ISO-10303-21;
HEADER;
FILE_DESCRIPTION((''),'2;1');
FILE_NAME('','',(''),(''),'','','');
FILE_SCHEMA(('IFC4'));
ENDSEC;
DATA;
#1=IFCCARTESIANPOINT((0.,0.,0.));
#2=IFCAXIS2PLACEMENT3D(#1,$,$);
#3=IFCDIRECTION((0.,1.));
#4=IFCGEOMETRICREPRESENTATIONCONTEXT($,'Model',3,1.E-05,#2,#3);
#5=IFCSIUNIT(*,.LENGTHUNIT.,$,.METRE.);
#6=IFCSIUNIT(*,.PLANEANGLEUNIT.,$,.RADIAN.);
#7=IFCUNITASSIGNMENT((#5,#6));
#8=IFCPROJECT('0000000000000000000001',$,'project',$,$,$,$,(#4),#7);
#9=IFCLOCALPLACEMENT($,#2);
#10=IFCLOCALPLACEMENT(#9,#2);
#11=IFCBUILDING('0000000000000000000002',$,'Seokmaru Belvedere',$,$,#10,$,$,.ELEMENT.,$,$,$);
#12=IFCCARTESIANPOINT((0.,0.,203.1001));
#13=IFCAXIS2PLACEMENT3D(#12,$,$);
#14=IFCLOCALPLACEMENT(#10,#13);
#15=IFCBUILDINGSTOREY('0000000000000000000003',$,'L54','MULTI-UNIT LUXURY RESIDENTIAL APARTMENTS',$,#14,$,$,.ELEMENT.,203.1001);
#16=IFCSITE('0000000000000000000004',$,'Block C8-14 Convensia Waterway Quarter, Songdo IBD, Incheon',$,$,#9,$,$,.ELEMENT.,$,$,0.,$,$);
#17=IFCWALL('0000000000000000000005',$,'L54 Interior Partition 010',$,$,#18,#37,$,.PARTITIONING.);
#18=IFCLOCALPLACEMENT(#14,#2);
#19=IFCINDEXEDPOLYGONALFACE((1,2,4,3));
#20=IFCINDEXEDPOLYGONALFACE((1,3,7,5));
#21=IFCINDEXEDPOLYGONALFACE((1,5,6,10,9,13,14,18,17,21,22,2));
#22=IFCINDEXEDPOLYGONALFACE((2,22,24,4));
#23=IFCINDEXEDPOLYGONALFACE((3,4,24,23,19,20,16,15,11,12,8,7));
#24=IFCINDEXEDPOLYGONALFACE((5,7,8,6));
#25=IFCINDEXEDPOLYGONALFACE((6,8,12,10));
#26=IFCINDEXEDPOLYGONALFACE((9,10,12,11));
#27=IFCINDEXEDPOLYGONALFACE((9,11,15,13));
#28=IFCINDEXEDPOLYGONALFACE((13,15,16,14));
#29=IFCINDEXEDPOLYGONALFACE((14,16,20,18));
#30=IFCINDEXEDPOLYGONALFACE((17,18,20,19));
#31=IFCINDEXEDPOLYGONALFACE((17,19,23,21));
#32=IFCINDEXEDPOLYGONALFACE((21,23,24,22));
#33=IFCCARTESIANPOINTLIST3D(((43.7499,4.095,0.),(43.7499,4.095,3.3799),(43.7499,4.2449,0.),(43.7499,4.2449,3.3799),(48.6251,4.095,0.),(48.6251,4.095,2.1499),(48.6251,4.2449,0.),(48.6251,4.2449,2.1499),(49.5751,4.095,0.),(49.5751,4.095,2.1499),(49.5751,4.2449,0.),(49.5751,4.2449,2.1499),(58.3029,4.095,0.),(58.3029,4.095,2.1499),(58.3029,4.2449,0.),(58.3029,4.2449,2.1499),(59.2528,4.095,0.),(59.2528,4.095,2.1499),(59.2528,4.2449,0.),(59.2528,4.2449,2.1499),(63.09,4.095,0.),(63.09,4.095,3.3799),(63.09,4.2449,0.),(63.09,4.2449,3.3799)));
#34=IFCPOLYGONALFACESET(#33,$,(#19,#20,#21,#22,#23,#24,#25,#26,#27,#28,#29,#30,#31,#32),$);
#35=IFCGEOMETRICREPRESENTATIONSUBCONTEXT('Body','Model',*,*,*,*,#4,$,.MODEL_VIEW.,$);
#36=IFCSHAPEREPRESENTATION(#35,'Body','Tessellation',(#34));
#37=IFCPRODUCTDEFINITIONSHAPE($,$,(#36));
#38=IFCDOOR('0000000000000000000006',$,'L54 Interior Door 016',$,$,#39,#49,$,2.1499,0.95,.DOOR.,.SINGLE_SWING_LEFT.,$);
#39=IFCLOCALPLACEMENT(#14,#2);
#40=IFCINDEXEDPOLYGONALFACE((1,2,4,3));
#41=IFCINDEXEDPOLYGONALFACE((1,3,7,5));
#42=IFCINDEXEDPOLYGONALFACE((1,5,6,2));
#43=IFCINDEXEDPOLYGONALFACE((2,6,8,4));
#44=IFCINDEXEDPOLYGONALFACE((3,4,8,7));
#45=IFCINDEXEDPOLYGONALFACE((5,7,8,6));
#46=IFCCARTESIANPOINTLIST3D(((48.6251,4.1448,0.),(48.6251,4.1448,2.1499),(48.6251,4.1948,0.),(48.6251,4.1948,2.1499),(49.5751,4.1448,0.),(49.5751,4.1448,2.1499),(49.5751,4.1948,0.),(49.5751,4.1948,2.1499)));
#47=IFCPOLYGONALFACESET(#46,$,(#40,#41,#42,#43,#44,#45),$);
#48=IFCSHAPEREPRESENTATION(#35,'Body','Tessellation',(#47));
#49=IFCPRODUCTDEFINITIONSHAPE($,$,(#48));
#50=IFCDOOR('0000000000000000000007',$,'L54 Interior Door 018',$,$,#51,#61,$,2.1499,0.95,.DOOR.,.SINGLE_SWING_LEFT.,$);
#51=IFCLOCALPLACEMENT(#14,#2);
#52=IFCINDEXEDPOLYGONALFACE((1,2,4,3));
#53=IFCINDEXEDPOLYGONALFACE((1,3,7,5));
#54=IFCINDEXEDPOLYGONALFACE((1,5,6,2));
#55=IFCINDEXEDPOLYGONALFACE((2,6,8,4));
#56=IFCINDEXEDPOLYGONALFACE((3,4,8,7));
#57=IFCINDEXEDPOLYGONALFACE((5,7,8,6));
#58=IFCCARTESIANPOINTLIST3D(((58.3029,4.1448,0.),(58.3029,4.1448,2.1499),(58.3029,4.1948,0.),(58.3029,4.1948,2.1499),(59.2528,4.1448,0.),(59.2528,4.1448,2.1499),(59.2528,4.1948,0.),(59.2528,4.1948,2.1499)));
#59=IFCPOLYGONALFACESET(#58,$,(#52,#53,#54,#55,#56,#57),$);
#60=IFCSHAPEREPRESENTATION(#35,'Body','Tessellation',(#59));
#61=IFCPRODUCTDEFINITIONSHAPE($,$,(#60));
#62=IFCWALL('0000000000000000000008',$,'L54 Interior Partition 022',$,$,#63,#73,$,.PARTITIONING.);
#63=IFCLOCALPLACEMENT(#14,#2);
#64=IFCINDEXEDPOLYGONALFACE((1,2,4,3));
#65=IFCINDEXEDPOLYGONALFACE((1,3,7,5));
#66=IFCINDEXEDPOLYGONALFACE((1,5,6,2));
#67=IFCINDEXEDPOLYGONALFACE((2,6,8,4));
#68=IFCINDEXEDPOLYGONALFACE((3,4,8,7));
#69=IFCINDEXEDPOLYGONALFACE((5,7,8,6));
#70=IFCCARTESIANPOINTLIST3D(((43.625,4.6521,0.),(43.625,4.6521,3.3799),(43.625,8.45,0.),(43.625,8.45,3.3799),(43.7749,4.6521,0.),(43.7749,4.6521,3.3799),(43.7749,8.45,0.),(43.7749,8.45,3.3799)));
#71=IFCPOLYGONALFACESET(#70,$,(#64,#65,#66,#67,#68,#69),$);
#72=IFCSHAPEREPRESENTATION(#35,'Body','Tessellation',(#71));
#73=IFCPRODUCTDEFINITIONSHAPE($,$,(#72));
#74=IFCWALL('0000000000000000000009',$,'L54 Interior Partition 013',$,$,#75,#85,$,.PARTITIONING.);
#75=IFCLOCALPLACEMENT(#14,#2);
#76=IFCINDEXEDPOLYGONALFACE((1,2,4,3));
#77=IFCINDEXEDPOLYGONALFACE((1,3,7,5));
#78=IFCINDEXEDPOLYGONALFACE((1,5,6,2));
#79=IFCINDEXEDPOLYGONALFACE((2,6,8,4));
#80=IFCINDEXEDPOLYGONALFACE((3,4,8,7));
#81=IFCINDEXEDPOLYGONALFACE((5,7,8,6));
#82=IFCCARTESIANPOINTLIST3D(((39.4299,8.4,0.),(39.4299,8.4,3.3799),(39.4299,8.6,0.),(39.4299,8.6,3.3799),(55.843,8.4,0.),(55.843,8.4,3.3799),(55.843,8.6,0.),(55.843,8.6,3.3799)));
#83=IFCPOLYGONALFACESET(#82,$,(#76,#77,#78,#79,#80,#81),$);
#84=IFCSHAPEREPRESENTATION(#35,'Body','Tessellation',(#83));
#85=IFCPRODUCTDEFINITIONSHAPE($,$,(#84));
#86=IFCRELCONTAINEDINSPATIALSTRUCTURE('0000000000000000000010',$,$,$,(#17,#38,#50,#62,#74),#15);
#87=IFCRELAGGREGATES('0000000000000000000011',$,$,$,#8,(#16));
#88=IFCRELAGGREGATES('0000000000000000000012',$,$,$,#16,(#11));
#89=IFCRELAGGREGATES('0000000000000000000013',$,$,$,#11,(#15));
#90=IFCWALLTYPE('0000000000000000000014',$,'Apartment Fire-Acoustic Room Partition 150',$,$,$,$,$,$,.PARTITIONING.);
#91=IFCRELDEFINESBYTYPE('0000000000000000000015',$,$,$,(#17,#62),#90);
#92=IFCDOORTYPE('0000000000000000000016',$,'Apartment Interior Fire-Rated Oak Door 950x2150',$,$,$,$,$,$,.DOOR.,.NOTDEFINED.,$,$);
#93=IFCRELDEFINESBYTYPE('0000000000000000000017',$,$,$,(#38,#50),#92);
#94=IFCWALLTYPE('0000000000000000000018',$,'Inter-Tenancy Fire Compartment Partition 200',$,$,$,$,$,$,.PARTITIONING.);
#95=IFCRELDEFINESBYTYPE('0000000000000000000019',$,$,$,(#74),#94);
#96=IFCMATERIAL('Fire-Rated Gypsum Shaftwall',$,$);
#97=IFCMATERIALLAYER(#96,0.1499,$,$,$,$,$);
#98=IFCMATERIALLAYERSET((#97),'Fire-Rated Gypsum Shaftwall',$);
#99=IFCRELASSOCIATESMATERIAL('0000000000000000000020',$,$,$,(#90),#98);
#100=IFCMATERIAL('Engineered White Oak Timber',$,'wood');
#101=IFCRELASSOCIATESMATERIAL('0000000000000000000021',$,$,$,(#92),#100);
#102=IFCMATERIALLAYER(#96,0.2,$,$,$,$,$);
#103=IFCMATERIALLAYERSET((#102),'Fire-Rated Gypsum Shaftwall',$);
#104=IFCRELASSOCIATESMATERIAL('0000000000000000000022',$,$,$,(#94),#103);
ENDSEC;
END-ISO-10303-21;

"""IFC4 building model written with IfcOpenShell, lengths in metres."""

from ifc_helpers import new_model, si_unit, direction, frame, frame_2d, origin, place, context, subcontext, project, spatial, rectangle, extrude, source, transform, mapped, material, layer, layer_set, type_object, type_shapes, element, fill, save


model = new_model("IFC4")

# Units and contexts
model_context = context("Model", 3, precision=1e-05, world=origin(), true_north=direction((0.0, 1.0)))
body_context = subcontext(model_context, "Body", "Model", "MODEL_VIEW")
ifc_project = project(units=[si_unit("LENGTHUNIT", "METRE"), si_unit("PLANEANGLEUNIT", "RADIAN")], contexts=[model_context])

# Site, building, storey
site_placement = place(None, origin())
site = spatial("IfcSite", under=ifc_project, at=site_placement, Name="Block C8-14 Convensia Waterway Quarter, Songdo IBD, Incheon", CompositionType="ELEMENT", RefElevation=0.0)
building_placement = place(site_placement, origin())
building = spatial("IfcBuilding", under=site, at=building_placement, Name="Seokmaru Belvedere", CompositionType="ELEMENT")
storey_placement = place(building_placement, frame((0.0, 0.0, 203.1001)))
storey = spatial("IfcBuildingStorey", under=building, at=storey_placement, Name="L54", Description="MULTI-UNIT LUXURY RESIDENTIAL APARTMENTS", CompositionType="ELEMENT", Elevation=203.1001)

# Wall, openings, doors
ifc_material_1 = material(Name="Fire-Rated Gypsum Shaftwall")
ifc_layer_1 = layer(ifc_material_1, 0.1499)
ifc_layer_set_1 = layer_set([ifc_layer_1], Name="Fire-Rated Gypsum Shaftwall")
wall_type_1 = type_object("IfcWallType", Name="Apartment Fire-Acoustic Room Partition 150", PredefinedType="PARTITIONING", material=ifc_layer_set_1)
ifc_material_2 = material(Name="Engineered White Oak Timber", Category="wood")
door_type_1 = type_object("IfcDoorType", Name="Apartment Interior Fire-Rated Oak Door 950x2150", OperationType="NOTDEFINED", PredefinedType="DOOR", material=ifc_material_2)
shared_shape_1 = source(origin(), body_context, "Body", "SweptSolid", [
    extrude(rectangle(XDim=0.95, YDim=2.1499, at=frame_2d((0.4751, 1.075))), frame((0.0, 0.0249, 0.0), z_axis=(0.0, -1.0, 0.0), x_axis=(1.0, 0.0, 0.0)), (0.0, 0.0, 1.0), 0.05),
])
type_shapes(door_type_1, [shared_shape_1])
wall_1_placement = place(storey_placement, frame((43.75, 4.1699, 0.0), z_axis=(0.0, 0.0, 1.0), x_axis=(1.0, 0.0, 0.0)))
wall_1 = element("IfcWall", 1, at=wall_1_placement, inside=storey, type_object=wall_type_1, Name="L54 Interior Partition 010", PredefinedType="PARTITIONING", context=body_context, shape_type="SweptSolid", body=[
    extrude(rectangle(XDim=19.3401, YDim=0.1499, at=frame_2d((9.6699, 0.0))), origin(), (0.0, 0.0, 1.0), 3.3799),
])
opening_1_placement = place(wall_1_placement, frame((4.875, 0.0, 0.0)))
opening_1 = element("IfcOpeningElement", 2, at=opening_1_placement, cuts=wall_1, PredefinedType="OPENING", context=body_context, shape_type="SweptSolid", body=[
    extrude(rectangle(XDim=0.95, YDim=2.1499, at=frame_2d((0.4751, 1.075))), frame((0.0, 0.085, 0.0), z_axis=(0.0, -1.0, 0.0), x_axis=(1.0, 0.0, 0.0)), (0.0, 0.0, 1.0), 0.1699),
])
opening_2_placement = place(wall_1_placement, frame((14.5527, 0.0, 0.0)))
opening_2 = element("IfcOpeningElement", 3, at=opening_2_placement, cuts=wall_1, PredefinedType="OPENING", context=body_context, shape_type="SweptSolid", body=[
    extrude(rectangle(XDim=0.95, YDim=2.1499, at=frame_2d((0.4751, 1.075))), frame((0.0, 0.085, 0.0), z_axis=(0.0, -1.0, 0.0), x_axis=(1.0, 0.0, 0.0)), (0.0, 0.0, 1.0), 0.1699),
])
door_1_placement = place(opening_1_placement, origin())
door_1 = element("IfcDoor", 4, at=door_1_placement, inside=storey, type_object=door_type_1, Name="L54 Interior Door 016", OperationType="SINGLE_SWING_LEFT", OverallHeight=2.1499, OverallWidth=0.95, PredefinedType="DOOR", context=body_context, shape_type="MappedRepresentation", body=[
    mapped(shared_shape_1, transform((0.0, 0.0, 0.0), scale=1.0)),
])
fill(opening_1, door_1)
door_2_placement = place(opening_2_placement, origin())
door_2 = element("IfcDoor", 5, at=door_2_placement, inside=storey, type_object=door_type_1, Name="L54 Interior Door 018", OperationType="SINGLE_SWING_LEFT", OverallHeight=2.1499, OverallWidth=0.95, PredefinedType="DOOR", context=body_context, shape_type="MappedRepresentation", body=[
    mapped(shared_shape_1, transform((0.0, 0.0, 0.0), scale=1.0)),
])
fill(opening_2, door_2)

# Walls
wall_2_placement = place(storey_placement, frame((43.7, 4.6521, 0.0), z_axis=(0.0, 0.0, 1.0), x_axis=(0.0, 1.0, 0.0)))
element("IfcWall", 6, at=wall_2_placement, inside=storey, type_object=wall_type_1, Name="L54 Interior Partition 022", PredefinedType="PARTITIONING", context=body_context, shape_type="SweptSolid", body=[
    extrude(rectangle(XDim=3.7979, YDim=0.1499, at=frame_2d((1.8989, 0.0))), origin(), (0.0, 0.0, 1.0), 3.3799),
])
ifc_layer_2 = layer(ifc_material_1, 0.2)
ifc_layer_set_2 = layer_set([ifc_layer_2], Name="Fire-Rated Gypsum Shaftwall")
wall_type_2 = type_object("IfcWallType", Name="Inter-Tenancy Fire Compartment Partition 200", PredefinedType="PARTITIONING", material=ifc_layer_set_2)
wall_3_placement = place(storey_placement, frame((39.4299, 8.5, 0.0), z_axis=(0.0, 0.0, 1.0), x_axis=(1.0, 0.0, 0.0)))
element("IfcWall", 7, at=wall_3_placement, inside=storey, type_object=wall_type_2, Name="L54 Interior Partition 013", PredefinedType="PARTITIONING", context=body_context, shape_type="SweptSolid", body=[
    extrude(rectangle(XDim=16.4131, YDim=0.2, at=frame_2d((8.2065, 0.0))), origin(), (0.0, 0.0, 1.0), 3.3799),
])

save(model, "model.ifc")
